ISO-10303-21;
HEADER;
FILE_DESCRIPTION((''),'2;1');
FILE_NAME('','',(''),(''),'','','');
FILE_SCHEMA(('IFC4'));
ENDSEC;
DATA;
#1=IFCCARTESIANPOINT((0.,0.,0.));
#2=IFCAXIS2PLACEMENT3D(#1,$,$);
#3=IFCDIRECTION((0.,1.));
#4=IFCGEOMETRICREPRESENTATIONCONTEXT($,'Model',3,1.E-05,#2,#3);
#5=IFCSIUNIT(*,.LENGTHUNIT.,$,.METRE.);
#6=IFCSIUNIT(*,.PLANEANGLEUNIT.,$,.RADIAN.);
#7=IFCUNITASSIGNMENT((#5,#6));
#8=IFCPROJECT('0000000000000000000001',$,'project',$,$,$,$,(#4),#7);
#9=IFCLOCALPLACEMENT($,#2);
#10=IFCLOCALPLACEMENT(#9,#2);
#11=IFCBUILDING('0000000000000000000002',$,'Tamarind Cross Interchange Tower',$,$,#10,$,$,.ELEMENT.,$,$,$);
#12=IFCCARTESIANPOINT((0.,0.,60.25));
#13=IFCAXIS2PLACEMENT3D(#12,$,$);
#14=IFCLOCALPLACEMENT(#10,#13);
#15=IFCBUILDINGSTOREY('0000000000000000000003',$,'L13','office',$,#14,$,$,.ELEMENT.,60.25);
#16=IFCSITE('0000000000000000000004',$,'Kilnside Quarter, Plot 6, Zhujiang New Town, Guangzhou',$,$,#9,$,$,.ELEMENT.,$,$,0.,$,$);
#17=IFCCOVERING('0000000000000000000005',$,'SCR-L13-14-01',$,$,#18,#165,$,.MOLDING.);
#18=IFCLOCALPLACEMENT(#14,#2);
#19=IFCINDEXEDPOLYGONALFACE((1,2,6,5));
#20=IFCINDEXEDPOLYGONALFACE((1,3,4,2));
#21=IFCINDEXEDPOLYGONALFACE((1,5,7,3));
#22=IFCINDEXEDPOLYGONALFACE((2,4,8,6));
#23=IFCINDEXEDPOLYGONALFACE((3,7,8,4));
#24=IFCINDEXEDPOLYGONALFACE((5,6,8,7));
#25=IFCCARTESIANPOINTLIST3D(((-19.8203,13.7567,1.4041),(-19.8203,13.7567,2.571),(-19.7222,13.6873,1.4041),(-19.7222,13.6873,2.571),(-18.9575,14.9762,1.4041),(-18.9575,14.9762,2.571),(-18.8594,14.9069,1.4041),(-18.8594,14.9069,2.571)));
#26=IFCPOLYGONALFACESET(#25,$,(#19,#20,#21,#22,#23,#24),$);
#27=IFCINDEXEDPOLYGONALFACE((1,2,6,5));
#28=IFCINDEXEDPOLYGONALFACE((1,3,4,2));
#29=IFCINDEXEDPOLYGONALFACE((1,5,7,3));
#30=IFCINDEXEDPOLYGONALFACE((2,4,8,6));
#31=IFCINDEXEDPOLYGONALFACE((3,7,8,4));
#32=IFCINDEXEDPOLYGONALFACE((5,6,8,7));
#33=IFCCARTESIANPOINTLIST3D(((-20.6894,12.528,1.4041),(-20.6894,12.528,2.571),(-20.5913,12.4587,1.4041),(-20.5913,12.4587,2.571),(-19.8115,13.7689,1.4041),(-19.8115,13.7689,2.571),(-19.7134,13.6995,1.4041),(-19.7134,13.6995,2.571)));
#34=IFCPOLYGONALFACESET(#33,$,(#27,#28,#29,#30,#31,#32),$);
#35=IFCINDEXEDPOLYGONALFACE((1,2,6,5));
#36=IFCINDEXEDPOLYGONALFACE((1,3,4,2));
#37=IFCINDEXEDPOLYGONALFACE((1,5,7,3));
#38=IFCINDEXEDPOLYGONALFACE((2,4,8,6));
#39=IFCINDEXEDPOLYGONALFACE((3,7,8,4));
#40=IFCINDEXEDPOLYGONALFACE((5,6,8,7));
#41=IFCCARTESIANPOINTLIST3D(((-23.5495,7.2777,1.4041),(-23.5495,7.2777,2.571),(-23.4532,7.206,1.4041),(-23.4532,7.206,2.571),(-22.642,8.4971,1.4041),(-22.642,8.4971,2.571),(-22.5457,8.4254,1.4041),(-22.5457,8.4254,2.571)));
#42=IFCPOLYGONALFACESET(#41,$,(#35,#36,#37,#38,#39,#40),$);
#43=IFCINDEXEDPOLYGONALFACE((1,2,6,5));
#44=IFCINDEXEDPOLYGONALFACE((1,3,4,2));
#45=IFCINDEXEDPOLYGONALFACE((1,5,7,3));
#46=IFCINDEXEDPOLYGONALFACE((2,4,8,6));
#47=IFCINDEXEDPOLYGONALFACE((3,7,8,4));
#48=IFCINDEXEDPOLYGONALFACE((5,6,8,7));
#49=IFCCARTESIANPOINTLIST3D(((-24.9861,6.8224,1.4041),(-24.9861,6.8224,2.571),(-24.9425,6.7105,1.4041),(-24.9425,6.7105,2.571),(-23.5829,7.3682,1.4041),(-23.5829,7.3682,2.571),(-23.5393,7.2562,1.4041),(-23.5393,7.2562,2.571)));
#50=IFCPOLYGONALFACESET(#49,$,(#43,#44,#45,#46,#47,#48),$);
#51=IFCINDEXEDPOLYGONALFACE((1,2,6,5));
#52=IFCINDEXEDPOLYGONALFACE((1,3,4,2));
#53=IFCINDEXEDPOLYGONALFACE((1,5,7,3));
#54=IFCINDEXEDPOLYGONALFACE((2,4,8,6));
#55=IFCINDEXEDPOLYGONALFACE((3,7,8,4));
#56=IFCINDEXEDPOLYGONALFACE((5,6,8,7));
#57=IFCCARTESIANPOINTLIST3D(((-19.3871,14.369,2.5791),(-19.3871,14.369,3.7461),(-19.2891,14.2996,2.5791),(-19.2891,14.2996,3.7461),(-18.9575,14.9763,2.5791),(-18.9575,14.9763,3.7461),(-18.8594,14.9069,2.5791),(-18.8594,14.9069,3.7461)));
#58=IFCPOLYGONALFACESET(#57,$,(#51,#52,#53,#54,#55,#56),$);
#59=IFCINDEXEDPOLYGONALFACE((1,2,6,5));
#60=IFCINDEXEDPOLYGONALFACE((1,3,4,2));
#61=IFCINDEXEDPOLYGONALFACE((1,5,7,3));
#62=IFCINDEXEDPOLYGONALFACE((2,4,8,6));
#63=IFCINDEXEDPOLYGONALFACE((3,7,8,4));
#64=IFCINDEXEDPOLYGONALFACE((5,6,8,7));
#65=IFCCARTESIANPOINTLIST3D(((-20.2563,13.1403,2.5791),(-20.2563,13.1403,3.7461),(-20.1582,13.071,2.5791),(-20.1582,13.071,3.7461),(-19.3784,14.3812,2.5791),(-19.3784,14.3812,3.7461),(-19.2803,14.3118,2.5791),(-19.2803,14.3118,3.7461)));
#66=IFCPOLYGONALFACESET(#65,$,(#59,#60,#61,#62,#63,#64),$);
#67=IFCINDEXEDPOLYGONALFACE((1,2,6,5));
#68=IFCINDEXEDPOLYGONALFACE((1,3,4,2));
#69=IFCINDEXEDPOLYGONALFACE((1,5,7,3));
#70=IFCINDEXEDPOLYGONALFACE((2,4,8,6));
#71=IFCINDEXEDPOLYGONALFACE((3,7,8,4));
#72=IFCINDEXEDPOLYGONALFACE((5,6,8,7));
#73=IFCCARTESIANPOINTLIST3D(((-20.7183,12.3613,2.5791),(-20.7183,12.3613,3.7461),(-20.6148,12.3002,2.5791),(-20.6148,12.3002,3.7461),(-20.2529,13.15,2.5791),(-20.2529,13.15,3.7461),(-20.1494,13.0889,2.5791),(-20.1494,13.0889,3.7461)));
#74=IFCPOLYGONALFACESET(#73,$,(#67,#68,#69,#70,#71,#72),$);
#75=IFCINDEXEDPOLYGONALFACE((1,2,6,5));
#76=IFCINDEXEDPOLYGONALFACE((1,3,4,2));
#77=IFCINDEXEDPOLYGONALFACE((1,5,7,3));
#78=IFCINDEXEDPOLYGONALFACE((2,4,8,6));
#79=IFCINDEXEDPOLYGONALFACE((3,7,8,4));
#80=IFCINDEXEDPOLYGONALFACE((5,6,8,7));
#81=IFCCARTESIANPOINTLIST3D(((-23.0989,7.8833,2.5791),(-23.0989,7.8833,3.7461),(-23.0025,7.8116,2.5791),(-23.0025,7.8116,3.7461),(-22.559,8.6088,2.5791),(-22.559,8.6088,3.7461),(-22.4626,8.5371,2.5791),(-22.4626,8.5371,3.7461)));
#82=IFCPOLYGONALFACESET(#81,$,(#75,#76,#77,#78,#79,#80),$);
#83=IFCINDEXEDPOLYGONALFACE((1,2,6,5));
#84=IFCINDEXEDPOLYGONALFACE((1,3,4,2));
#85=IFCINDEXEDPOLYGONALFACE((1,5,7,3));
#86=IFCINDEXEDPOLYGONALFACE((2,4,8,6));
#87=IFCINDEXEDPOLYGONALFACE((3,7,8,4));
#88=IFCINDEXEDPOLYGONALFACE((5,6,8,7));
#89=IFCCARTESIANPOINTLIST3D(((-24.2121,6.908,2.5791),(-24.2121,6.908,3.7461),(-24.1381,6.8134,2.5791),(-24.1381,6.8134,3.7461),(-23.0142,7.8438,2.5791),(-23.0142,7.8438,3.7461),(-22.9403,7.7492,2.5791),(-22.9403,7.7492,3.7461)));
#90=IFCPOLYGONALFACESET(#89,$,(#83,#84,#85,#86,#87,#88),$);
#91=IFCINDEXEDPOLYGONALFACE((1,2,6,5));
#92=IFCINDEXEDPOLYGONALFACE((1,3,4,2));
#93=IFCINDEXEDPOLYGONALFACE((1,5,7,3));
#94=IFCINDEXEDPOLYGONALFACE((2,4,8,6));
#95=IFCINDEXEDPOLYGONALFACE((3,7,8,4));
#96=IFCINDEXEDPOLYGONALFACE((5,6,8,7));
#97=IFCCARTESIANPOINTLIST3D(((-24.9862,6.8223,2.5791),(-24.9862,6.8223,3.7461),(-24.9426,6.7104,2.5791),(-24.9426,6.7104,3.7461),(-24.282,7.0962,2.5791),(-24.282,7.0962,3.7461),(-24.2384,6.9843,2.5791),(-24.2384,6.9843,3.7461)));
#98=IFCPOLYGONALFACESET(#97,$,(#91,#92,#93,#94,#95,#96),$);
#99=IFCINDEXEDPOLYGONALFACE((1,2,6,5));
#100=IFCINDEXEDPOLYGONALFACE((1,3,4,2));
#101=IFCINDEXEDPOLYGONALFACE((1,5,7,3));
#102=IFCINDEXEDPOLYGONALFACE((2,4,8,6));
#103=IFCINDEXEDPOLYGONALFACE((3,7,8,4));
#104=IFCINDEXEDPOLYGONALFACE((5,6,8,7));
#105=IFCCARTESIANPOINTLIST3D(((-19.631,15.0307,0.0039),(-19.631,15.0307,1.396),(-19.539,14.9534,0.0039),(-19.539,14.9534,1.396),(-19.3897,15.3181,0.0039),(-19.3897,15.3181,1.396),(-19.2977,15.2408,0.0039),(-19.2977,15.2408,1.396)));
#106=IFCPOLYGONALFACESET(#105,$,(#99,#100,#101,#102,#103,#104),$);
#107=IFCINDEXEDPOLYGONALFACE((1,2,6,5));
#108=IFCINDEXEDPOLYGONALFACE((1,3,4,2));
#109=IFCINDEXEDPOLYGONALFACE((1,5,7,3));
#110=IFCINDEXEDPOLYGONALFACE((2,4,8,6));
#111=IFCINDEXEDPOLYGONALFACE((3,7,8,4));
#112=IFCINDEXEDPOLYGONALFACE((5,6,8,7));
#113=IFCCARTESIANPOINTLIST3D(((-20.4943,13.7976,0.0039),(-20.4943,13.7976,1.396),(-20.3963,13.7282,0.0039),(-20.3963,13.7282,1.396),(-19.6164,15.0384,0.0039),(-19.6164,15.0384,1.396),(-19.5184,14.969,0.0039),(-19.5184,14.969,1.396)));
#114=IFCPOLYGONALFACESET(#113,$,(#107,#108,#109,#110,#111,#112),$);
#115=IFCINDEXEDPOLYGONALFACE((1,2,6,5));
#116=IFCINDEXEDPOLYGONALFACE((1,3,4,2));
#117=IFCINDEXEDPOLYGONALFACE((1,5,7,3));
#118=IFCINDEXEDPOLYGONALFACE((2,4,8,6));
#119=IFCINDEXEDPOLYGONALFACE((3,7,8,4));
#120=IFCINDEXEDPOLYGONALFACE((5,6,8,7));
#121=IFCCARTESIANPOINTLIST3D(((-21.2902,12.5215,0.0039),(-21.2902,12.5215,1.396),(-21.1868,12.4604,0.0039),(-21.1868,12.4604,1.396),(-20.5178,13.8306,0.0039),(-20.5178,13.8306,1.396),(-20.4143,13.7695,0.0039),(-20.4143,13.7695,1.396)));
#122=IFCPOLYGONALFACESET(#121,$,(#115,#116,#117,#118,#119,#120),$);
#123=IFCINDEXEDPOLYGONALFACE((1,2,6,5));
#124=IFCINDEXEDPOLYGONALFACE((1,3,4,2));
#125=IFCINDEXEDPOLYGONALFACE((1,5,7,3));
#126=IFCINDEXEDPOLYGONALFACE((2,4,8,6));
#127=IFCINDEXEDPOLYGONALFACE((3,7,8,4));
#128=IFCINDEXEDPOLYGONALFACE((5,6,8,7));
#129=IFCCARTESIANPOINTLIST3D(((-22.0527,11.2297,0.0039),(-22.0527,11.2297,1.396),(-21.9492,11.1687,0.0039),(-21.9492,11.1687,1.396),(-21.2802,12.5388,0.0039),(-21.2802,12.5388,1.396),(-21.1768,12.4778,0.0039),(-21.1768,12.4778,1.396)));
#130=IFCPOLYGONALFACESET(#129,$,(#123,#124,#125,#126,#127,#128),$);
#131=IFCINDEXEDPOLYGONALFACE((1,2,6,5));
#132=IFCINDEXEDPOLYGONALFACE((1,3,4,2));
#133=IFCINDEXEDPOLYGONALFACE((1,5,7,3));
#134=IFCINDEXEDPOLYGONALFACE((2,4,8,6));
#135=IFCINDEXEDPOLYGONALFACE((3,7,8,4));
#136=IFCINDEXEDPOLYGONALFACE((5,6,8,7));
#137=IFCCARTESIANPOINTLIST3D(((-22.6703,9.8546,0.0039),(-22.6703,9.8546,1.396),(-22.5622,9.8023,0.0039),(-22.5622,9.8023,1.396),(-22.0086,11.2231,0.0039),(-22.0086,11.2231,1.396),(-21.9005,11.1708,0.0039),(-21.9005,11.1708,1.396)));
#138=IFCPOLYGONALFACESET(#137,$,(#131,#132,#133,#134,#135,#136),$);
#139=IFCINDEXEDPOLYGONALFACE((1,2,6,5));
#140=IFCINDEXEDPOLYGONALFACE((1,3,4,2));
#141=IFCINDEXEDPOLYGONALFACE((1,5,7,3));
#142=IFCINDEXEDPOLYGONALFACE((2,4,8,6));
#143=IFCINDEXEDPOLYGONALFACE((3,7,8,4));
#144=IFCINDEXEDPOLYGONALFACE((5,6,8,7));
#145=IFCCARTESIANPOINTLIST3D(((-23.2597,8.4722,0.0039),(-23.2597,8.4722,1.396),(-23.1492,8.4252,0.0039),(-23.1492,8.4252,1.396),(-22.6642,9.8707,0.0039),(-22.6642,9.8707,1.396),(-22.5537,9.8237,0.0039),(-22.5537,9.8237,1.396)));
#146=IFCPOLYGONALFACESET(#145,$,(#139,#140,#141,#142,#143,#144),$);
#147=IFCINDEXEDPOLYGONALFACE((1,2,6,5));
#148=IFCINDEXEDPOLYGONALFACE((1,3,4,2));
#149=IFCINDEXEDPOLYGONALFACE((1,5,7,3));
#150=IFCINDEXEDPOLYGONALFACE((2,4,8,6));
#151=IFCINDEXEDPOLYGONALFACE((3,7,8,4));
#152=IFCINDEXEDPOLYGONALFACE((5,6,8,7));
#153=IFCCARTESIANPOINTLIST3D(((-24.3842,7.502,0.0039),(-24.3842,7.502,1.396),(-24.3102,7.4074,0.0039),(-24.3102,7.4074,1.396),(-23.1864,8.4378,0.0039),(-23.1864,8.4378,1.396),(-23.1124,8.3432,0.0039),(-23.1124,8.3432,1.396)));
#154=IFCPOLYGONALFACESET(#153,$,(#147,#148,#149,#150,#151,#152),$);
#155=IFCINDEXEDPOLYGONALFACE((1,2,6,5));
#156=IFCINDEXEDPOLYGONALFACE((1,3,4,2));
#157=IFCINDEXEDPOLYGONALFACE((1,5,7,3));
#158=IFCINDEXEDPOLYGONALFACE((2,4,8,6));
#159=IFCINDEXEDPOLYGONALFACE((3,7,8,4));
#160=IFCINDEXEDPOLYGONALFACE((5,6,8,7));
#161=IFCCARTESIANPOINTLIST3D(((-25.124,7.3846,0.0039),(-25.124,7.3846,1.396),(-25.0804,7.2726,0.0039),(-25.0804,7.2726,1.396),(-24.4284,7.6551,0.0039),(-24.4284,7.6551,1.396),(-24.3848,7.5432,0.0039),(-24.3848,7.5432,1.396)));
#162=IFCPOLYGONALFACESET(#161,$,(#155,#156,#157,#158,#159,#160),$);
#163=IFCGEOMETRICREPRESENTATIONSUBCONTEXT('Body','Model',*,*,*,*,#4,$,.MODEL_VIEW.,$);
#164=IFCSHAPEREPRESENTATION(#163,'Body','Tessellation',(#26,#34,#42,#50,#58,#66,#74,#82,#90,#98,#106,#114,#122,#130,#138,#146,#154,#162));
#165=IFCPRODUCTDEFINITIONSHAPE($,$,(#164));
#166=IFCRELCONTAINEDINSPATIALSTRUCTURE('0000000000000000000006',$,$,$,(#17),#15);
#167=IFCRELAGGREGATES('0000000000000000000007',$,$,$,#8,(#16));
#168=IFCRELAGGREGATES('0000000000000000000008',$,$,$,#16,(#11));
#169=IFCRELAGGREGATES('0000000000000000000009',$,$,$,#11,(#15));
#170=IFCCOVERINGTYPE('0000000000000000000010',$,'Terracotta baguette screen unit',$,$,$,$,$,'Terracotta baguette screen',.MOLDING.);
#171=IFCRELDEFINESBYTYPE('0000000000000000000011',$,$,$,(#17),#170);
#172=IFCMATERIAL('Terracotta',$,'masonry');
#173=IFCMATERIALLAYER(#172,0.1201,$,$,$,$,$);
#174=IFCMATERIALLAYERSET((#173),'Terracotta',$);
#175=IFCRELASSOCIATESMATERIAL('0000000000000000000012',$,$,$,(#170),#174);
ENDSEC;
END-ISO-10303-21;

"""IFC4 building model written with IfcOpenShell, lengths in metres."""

from ifc_helpers import new_model, si_unit, direction, frame, origin, origin_2d, place, context, subcontext, project, spatial, rectangle, extrude, material, layer, layer_set, type_object, element, save


model = new_model("IFC4")

# Units and contexts
model_context = context("Model", 3, precision=1e-05, world=origin(), true_north=direction((0.0, 1.0)))
body_context = subcontext(model_context, "Body", "Model", "MODEL_VIEW")
ifc_project = project(units=[si_unit("LENGTHUNIT", "METRE"), si_unit("PLANEANGLEUNIT", "RADIAN")], contexts=[model_context])

# Site, building, storey
site_placement = place(None, origin())
site = spatial("IfcSite", under=ifc_project, at=site_placement, Name="Kilnside Quarter, Plot 6, Zhujiang New Town, Guangzhou", CompositionType="ELEMENT", RefElevation=0.0)
building_placement = place(site_placement, origin())
building = spatial("IfcBuilding", under=site, at=building_placement, Name="Tamarind Cross Interchange Tower", CompositionType="ELEMENT")
storey_placement = place(building_placement, frame((0.0, 0.0, 60.25)))
storey = spatial("IfcBuildingStorey", under=building, at=storey_placement, Name="L13", Description="office", CompositionType="ELEMENT", Elevation=60.25)

# Covering
ifc_material_1 = material(Name="Terracotta", Category="masonry")
ifc_layer_1 = layer(ifc_material_1, 0.1201)
ifc_layer_set_1 = layer_set([ifc_layer_1], Name="Terracotta")
covering_type = type_object("IfcCoveringType", Name="Terracotta baguette screen unit", ElementType="Terracotta baguette screen", PredefinedType="MOLDING", material=ifc_layer_set_1)
covering_1_placement = place(storey_placement, origin())
element("IfcCovering", 1, at=covering_1_placement, inside=storey, type_object=covering_type, Name="SCR-L13-14-01", PredefinedType="MOLDING", context=body_context, shape_type="SweptSolid", body=[
    extrude(rectangle(XDim=1.4939, YDim=0.1201, at=origin_2d()), frame((-19.3398, 14.3318, 1.4041), z_axis=(0.0, 0.0, 1.0), x_axis=(-0.577569, -0.816342, 0.0)), (0.0, 0.0, 1.0), 1.167),
    extrude(rectangle(XDim=1.52, YDim=0.1201, at=origin_2d()), frame((-20.2014, 13.1138, 1.4041), z_axis=(0.0, 0.0, 1.0), x_axis=(-0.577569, -0.816342, 0.0)), (0.0, 0.0, 1.0), 1.167),
    extrude(rectangle(XDim=1.52, YDim=0.1201, at=origin_2d()), frame((-23.0476, 7.8516, 1.4041), z_axis=(0.0, 0.0, 1.0), x_axis=(-0.597043, -0.802209, 0.0)), (0.0, 0.0, 1.0), 1.167),
    extrude(rectangle(XDim=1.5056, YDim=0.1201, at=origin_2d()), frame((-24.2627, 7.0393, 1.4041), z_axis=(0.0, 0.0, 1.0), x_axis=(-0.931994, -0.362473, 0.0)), (0.0, 0.0, 1.0), 1.167),
    extrude(rectangle(XDim=0.7439, YDim=0.1201, at=origin_2d()), frame((-19.1233, 14.6379, 2.5791), z_axis=(0.0, 0.0, 1.0), x_axis=(-0.577569, -0.816342, 0.0)), (0.0, 0.0, 1.0), 1.167),
    extrude(rectangle(XDim=1.52, YDim=0.1201, at=origin_2d()), frame((-19.7683, 13.7261, 2.5791), z_axis=(0.0, 0.0, 1.0), x_axis=(-0.577569, -0.816342, 0.0)), (0.0, 0.0, 1.0), 1.167),
    extrude(rectangle(XDim=0.9158, YDim=0.1201, at=origin_2d()), frame((-20.4338, 12.7251, 2.5791), z_axis=(0.0, 0.0, 1.0), x_axis=(-0.508183, -0.861249, 0.0)), (0.0, 0.0, 1.0), 1.167),
    extrude(rectangle(XDim=0.9043, YDim=0.1201, at=origin_2d()), frame((-22.7808, 8.2102, 2.5791), z_axis=(0.0, 0.0, 1.0), x_axis=(-0.597043, -0.802209, 0.0)), (0.0, 0.0, 1.0), 1.167),
    extrude(rectangle(XDim=1.52, YDim=0.1201, at=origin_2d()), frame((-23.5762, 7.3286, 2.5791), z_axis=(0.0, 0.0, 1.0), x_axis=(-0.788023, -0.615646, 0.0)), (0.0, 0.0, 1.0), 1.167),
    extrude(rectangle(XDim=0.7556, YDim=0.1201, at=origin_2d()), frame((-24.6123, 6.9033, 2.5791), z_axis=(0.0, 0.0, 1.0), x_axis=(-0.931994, -0.362473, 0.0)), (0.0, 0.0, 1.0), 1.167),
    extrude(rectangle(XDim=0.3752, YDim=0.1201, at=origin_2d()), frame((-19.4644, 15.1357, 0.0039), z_axis=(0.0, 0.0, 1.0), x_axis=(-0.643009, -0.765858, 0.0)), (0.0, 0.0, 1.0), 1.3921),
    extrude(rectangle(XDim=1.52, YDim=0.1201, at=origin_2d()), frame((-20.0063, 14.3833, 0.0039), z_axis=(0.0, 0.0, 1.0), x_axis=(-0.577569, -0.816342, 0.0)), (0.0, 0.0, 1.0), 1.3921),
    extrude(rectangle(XDim=1.52, YDim=0.1201, at=origin_2d()), frame((-20.8523, 13.1455, 0.0039), z_axis=(0.0, 0.0, 1.0), x_axis=(-0.508183, -0.861249, 0.0)), (0.0, 0.0, 1.0), 1.3921),
    extrude(rectangle(XDim=1.52, YDim=0.1201, at=origin_2d()), frame((-21.6147, 11.8538, 0.0039), z_axis=(0.0, 0.0, 1.0), x_axis=(-0.508183, -0.861249, 0.0)), (0.0, 0.0, 1.0), 1.3921),
    extrude(rectangle(XDim=1.52, YDim=0.1201, at=origin_2d()), frame((-22.2854, 10.5127, 0.0039), z_axis=(0.0, 0.0, 1.0), x_axis=(-0.435326, -0.900273, 0.0)), (0.0, 0.0, 1.0), 1.3921),
    extrude(rectangle(XDim=1.52, YDim=0.1201, at=origin_2d()), frame((-22.9067, 9.1479, 0.0039), z_axis=(0.0, 0.0, 1.0), x_axis=(-0.391775, -0.920061, 0.0)), (0.0, 0.0, 1.0), 1.3921),
    extrude(rectangle(XDim=1.52, YDim=0.1201, at=origin_2d()), frame((-23.7483, 7.9226, 0.0039), z_axis=(0.0, 0.0, 1.0), x_axis=(-0.788023, -0.615646, 0.0)), (0.0, 0.0, 1.0), 1.3921),
    extrude(rectangle(XDim=0.7463, YDim=0.1201, at=origin_2d()), frame((-24.7544, 7.4639, 0.0039), z_axis=(0.0, 0.0, 1.0), x_axis=(-0.931994, -0.362473, 0.0)), (0.0, 0.0, 1.0), 1.3921),
])

save(model, "model.ifc")
